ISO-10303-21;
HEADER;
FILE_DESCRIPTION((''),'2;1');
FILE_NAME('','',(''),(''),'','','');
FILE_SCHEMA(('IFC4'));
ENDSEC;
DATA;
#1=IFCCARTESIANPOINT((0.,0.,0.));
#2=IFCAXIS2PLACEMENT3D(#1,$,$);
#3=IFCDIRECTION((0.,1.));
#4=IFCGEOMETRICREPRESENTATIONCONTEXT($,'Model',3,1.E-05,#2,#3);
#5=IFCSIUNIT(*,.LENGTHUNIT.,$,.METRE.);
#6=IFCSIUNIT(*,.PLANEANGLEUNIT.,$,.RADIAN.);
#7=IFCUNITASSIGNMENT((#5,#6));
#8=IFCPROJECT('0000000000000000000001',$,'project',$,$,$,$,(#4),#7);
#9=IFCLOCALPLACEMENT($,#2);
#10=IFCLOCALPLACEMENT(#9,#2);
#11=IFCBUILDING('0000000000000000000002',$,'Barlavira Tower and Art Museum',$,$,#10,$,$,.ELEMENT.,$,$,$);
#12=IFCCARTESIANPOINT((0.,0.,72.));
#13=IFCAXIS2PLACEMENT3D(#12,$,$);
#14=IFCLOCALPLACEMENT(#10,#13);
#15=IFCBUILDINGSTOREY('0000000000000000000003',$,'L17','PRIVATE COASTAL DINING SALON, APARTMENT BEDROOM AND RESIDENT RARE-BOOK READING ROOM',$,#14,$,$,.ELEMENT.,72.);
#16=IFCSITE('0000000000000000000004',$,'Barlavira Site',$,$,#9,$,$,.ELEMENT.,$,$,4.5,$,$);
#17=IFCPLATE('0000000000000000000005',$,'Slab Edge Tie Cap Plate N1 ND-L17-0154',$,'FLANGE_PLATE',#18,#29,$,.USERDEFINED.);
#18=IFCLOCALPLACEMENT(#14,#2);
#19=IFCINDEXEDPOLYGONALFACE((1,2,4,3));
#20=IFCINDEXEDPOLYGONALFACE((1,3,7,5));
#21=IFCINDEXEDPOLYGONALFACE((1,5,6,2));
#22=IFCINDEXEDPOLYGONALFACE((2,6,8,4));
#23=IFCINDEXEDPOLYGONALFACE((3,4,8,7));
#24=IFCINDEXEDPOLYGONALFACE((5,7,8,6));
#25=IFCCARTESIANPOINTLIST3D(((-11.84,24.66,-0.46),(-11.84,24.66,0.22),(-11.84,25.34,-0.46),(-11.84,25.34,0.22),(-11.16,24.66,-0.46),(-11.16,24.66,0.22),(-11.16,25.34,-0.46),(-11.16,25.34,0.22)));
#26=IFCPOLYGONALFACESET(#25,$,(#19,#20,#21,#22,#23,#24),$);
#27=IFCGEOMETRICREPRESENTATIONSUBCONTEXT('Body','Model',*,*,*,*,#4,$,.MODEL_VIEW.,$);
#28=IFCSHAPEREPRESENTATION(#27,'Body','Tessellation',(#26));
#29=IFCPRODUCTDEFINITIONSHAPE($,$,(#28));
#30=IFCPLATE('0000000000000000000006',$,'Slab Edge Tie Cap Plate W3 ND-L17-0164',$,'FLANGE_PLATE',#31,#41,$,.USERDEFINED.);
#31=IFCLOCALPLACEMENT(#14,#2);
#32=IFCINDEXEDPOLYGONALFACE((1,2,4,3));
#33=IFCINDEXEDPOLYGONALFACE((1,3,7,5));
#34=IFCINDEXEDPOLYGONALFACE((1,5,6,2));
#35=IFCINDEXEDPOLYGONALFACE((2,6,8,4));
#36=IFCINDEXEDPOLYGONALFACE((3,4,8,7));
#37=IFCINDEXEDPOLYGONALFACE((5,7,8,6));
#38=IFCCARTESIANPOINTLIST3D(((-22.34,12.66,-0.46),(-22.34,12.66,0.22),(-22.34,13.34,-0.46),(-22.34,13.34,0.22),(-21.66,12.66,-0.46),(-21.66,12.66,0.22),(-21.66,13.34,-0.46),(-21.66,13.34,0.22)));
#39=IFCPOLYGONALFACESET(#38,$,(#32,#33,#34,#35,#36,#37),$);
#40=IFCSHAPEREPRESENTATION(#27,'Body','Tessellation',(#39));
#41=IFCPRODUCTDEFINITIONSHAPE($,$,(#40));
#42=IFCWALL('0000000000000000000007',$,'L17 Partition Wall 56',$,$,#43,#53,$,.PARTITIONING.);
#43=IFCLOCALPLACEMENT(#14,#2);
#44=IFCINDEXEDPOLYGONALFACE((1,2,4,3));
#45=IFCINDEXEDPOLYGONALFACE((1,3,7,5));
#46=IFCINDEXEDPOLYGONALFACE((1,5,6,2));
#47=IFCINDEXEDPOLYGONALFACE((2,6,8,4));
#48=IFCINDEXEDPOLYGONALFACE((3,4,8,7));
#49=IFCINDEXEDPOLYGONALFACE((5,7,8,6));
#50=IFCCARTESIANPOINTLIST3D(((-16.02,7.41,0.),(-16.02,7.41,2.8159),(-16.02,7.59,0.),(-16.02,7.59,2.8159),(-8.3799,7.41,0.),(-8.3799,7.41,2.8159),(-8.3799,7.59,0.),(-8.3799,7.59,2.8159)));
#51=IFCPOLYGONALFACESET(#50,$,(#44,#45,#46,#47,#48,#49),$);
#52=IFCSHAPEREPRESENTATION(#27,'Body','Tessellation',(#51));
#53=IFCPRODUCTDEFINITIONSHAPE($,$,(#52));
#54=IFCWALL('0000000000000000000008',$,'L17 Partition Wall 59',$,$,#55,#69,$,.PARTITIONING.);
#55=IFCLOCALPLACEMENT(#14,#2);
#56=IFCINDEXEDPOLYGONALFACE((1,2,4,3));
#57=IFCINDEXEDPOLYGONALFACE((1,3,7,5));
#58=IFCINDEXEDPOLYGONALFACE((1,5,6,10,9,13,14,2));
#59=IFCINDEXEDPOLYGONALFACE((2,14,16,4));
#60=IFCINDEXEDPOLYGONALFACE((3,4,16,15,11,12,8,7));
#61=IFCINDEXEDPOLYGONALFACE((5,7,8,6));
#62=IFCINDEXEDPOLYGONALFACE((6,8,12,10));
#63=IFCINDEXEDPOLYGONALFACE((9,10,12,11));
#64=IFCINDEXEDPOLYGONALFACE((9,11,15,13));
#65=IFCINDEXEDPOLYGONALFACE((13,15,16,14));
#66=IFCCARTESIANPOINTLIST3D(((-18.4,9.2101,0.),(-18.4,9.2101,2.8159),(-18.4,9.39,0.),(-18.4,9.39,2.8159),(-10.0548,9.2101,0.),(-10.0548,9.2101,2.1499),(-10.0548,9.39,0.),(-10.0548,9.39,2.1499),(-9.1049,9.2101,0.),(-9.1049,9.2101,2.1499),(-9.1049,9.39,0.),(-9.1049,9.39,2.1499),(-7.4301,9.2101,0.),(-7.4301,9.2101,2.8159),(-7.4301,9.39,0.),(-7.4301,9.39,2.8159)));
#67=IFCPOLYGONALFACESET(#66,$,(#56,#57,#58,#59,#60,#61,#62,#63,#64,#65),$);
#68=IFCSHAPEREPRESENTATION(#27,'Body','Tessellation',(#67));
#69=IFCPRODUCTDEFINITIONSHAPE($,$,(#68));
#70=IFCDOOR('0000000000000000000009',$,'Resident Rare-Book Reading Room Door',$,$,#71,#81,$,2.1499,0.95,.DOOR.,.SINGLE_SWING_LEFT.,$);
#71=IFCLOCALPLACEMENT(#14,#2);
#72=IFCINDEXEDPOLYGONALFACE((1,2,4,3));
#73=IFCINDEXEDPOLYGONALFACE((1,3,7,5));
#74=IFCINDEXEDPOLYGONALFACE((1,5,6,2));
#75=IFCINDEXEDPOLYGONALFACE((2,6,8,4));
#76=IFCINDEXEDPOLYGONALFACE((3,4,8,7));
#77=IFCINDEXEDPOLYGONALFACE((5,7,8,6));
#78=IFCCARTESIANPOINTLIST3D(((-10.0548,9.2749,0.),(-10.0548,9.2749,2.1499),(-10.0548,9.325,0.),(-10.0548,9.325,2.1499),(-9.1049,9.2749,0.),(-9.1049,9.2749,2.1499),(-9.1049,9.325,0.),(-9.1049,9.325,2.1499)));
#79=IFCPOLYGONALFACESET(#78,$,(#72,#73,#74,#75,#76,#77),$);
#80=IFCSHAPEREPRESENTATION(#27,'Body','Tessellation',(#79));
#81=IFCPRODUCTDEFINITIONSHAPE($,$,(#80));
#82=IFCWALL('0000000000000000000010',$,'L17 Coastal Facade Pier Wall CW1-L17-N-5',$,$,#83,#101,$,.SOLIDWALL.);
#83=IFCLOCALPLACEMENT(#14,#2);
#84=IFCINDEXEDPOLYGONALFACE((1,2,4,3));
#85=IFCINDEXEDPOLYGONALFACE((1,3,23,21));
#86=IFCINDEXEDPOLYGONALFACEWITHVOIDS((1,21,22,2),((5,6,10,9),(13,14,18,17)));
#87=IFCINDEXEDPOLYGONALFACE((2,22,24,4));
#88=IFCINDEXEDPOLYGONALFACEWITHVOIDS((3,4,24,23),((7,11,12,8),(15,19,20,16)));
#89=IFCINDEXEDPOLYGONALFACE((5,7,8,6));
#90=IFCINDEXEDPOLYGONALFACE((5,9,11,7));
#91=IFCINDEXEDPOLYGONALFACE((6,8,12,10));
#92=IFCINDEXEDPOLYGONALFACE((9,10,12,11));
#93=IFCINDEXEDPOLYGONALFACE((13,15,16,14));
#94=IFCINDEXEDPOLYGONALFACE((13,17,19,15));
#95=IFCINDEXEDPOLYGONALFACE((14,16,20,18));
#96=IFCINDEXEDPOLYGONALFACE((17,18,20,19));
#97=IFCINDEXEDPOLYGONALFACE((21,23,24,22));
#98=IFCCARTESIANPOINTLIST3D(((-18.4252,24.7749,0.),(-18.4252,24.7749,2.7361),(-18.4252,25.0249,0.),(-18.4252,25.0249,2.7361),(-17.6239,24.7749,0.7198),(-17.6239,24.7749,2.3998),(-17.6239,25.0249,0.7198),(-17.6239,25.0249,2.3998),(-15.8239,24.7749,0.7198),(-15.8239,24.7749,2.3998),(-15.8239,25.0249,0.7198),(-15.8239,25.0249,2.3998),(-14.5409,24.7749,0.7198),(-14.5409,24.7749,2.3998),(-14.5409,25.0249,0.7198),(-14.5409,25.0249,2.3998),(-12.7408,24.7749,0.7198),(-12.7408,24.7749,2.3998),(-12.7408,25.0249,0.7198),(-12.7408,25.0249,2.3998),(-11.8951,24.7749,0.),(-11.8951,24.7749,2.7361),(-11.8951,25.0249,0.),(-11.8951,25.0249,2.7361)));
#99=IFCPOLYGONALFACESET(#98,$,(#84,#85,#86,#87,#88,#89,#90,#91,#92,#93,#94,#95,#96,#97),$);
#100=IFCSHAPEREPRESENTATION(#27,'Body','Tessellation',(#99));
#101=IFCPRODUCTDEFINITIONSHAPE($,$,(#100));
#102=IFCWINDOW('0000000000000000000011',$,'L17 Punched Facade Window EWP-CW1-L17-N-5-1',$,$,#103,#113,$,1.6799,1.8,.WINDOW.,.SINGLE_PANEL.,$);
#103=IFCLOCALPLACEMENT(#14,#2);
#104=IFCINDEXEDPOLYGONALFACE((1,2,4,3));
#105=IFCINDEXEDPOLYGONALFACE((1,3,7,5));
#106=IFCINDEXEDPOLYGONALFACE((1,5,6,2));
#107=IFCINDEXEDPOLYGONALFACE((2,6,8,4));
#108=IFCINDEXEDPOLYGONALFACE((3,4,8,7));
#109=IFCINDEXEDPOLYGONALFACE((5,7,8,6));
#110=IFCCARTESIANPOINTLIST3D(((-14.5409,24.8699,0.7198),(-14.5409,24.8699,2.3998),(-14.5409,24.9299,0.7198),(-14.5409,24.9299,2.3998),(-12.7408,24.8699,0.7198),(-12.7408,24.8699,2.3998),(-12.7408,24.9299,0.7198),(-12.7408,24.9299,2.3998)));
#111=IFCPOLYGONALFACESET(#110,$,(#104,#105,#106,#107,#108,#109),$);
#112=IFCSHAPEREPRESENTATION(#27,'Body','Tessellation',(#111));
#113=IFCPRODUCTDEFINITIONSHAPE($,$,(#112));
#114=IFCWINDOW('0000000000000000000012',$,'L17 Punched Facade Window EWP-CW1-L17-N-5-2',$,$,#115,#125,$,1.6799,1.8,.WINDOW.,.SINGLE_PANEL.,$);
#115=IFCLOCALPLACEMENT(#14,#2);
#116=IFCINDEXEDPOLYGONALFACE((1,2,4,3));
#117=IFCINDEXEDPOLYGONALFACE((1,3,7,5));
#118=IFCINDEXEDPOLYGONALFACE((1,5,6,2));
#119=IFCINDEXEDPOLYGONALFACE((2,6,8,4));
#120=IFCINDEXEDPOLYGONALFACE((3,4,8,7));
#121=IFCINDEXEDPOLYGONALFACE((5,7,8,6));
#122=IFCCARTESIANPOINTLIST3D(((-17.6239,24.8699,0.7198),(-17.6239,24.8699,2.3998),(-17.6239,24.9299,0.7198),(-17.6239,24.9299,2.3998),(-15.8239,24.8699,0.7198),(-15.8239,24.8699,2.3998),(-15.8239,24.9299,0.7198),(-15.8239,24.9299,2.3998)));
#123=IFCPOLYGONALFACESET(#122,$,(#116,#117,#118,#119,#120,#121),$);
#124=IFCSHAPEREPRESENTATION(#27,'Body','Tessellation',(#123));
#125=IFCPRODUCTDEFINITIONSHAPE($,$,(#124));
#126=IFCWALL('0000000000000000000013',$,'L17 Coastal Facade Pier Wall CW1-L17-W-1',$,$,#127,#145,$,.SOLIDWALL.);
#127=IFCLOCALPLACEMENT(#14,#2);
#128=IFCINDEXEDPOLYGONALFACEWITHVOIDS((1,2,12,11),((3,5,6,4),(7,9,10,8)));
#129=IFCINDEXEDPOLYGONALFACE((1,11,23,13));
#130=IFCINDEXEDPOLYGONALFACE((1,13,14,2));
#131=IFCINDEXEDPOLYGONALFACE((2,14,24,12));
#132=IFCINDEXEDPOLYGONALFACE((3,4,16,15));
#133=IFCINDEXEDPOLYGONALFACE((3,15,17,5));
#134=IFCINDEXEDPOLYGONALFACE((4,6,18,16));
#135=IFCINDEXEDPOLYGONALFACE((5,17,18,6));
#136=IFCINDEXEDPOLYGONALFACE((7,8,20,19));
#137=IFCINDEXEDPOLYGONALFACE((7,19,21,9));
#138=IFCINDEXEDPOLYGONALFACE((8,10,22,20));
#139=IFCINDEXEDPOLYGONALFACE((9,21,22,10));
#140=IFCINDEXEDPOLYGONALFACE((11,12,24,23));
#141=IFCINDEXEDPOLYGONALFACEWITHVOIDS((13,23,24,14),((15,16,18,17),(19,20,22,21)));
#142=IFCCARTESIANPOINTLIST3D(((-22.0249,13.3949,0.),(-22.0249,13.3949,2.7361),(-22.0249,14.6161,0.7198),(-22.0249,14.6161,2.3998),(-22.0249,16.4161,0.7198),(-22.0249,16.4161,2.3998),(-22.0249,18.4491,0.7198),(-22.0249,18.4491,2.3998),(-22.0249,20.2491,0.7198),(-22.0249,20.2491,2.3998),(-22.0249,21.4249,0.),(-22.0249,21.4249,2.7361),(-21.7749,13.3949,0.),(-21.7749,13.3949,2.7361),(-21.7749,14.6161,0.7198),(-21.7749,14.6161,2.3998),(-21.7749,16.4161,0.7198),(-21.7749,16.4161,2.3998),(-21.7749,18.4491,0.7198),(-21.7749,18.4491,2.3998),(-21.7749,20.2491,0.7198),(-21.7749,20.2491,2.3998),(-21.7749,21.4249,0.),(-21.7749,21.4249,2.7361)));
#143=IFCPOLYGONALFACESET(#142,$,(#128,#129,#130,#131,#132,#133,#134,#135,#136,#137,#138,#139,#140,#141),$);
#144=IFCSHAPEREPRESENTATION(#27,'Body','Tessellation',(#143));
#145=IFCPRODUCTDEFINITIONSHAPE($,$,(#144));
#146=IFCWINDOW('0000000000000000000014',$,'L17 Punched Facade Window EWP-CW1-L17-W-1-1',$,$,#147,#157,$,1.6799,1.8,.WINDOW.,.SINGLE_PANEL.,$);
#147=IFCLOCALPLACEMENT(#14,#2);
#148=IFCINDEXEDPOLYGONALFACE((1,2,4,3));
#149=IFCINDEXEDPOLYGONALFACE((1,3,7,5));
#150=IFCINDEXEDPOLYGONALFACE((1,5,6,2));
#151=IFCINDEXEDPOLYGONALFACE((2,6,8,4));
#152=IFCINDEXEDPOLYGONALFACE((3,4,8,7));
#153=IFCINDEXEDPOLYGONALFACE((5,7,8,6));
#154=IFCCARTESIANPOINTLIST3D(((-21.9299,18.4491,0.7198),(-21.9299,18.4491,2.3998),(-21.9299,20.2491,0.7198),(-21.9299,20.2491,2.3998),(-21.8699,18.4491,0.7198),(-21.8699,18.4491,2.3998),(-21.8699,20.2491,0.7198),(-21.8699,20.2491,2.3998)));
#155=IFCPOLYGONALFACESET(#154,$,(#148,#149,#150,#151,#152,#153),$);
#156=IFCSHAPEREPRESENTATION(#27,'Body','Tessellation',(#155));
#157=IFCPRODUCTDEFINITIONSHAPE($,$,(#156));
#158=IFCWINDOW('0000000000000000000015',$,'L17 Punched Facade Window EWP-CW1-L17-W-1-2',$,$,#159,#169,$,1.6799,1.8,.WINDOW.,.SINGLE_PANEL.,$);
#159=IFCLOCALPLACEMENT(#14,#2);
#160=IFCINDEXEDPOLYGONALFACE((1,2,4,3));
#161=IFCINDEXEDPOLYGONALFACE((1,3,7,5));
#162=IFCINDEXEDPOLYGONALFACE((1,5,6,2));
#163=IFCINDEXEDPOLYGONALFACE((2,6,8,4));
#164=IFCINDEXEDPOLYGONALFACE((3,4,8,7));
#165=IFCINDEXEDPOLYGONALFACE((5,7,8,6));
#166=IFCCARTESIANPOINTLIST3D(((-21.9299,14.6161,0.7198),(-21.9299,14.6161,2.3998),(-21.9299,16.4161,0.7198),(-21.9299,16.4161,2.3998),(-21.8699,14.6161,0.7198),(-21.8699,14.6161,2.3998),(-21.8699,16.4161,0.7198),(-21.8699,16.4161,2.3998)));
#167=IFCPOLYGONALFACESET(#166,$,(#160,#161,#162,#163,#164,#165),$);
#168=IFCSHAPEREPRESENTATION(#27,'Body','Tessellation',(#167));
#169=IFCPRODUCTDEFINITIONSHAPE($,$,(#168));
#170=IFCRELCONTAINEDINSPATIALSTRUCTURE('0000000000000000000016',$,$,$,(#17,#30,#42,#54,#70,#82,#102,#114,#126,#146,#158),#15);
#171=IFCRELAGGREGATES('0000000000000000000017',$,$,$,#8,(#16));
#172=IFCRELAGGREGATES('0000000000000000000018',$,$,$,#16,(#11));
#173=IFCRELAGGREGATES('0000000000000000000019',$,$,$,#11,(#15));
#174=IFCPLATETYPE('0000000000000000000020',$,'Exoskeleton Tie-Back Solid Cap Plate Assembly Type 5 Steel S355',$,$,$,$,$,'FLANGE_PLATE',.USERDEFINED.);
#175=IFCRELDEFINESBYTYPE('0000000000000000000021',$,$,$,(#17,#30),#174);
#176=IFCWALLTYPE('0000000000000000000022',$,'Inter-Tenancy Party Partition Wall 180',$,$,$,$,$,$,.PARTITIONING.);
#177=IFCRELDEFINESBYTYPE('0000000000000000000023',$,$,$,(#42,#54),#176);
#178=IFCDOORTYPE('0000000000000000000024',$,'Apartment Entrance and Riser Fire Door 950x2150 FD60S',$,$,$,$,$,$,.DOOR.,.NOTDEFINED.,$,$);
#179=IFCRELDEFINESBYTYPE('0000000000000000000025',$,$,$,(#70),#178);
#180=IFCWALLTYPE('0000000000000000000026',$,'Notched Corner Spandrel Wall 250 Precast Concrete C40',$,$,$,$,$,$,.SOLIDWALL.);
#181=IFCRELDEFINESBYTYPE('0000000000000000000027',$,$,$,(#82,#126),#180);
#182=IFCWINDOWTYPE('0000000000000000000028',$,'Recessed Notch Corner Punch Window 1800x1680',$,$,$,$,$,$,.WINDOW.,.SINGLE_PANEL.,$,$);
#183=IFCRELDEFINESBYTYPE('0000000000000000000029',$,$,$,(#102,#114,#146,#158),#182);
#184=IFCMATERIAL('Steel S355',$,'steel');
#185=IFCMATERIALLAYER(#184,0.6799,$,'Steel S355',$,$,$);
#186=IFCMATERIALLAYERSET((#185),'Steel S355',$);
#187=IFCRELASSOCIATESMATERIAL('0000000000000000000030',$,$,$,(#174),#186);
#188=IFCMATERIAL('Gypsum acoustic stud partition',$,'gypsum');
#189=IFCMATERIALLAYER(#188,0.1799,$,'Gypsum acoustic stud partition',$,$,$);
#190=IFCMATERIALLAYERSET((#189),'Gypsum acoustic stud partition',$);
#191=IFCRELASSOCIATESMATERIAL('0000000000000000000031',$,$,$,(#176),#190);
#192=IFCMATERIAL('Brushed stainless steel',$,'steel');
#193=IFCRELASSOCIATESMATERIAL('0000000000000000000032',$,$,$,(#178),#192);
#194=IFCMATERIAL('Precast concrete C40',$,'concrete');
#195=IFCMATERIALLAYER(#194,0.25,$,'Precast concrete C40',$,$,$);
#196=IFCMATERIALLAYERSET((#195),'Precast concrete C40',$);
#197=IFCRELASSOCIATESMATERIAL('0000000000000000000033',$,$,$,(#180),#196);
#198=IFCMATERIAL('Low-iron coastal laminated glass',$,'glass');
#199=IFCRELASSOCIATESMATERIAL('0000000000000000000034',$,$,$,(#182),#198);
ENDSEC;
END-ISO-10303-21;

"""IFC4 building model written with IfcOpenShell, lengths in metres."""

from ifc_helpers import new_model, si_unit, direction, frame, frame_2d, origin, origin_2d, place, context, subcontext, project, spatial, rectangle, extrude, material, layer, layer_set, type_object, element, fill, save


model = new_model("IFC4")

# Units and contexts
model_context = context("Model", 3, precision=1e-05, world=origin(), true_north=direction((0.0, 1.0)))
body_context = subcontext(model_context, "Body", "Model", "MODEL_VIEW")
ifc_project = project(units=[si_unit("LENGTHUNIT", "METRE"), si_unit("PLANEANGLEUNIT", "RADIAN")], contexts=[model_context])

# Site, building, storey
site_placement = place(None, origin())
site = spatial("IfcSite", under=ifc_project, at=site_placement, Name="Barlavira Site", CompositionType="ELEMENT", RefElevation=4.5)
building_placement = place(site_placement, origin())
building = spatial("IfcBuilding", under=site, at=building_placement, Name="Barlavira Tower and Art Museum", CompositionType="ELEMENT")
storey_placement = place(building_placement, frame((0.0, 0.0, 72.0)))
storey = spatial("IfcBuildingStorey", under=building, at=storey_placement, Name="L17", Description="PRIVATE COASTAL DINING SALON, APARTMENT BEDROOM AND RESIDENT RARE-BOOK READING ROOM", CompositionType="ELEMENT", Elevation=72.0)

# Shared definitions
ifc_material_1 = material(Name="Steel S355", Category="steel")

# Plates
ifc_layer_1 = layer(ifc_material_1, 0.6799, Name="Steel S355")
ifc_layer_set_1 = layer_set([ifc_layer_1], Name="Steel S355")
plate_type = type_object("IfcPlateType", Name="Exoskeleton Tie-Back Solid Cap Plate Assembly Type 5 Steel S355", ElementType="FLANGE_PLATE", PredefinedType="USERDEFINED", material=ifc_layer_set_1)
for number, where, z_axis, x_axis, name in (
    (1, (-11.5, 25.0, -0.46), (0.0, 0.0, 1.0), (1.0, 0.0, 0.0), "Slab Edge Tie Cap Plate N1 ND-L17-0154"),
    (2, (-22.0, 13.0, -0.46), (0.0, 0.0, 1.0), (1.0, 0.0, 0.0), "Slab Edge Tie Cap Plate W3 ND-L17-0164"),
):
    element("IfcPlate", number, at=place(storey_placement, frame(where, z_axis=z_axis, x_axis=x_axis)), inside=storey, type_object=plate_type, Name=name, ObjectType="FLANGE_PLATE", PredefinedType="USERDEFINED", context=body_context, shape_type="SweptSolid", body=[
        extrude(rectangle(XDim=0.6799, YDim=0.6799, at=origin_2d()), origin(), (0.0, 0.0, 1.0), 0.6799),
    ])

# Wall
ifc_material_2 = material(Name="Gypsum acoustic stud partition", Category="gypsum")
ifc_layer_2 = layer(ifc_material_2, 0.1799, Name="Gypsum acoustic stud partition")
ifc_layer_set_2 = layer_set([ifc_layer_2], Name="Gypsum acoustic stud partition")
wall_type_1 = type_object("IfcWallType", Name="Inter-Tenancy Party Partition Wall 180", PredefinedType="PARTITIONING", material=ifc_layer_set_2)
wall_1_placement = place(storey_placement, frame((-16.02, 7.5, 0.0), z_axis=(0.0, 0.0, 1.0), x_axis=(1.0, 0.0, 0.0)))
element("IfcWall", 3, at=wall_1_placement, inside=storey, type_object=wall_type_1, Name="L17 Partition Wall 56", PredefinedType="PARTITIONING", context=body_context, shape_type="SweptSolid", body=[
    extrude(rectangle(XDim=7.6401, YDim=0.1799, at=frame_2d((3.8201, 0.0))), origin(), (0.0, 0.0, 1.0), 2.8159),
])

# Wall, opening, door
wall_2_placement = place(storey_placement, frame((-18.3999, 9.3, 0.0), z_axis=(0.0, 0.0, 1.0), x_axis=(1.0, 0.0, 0.0)))
wall_2 = element("IfcWall", 4, at=wall_2_placement, inside=storey, type_object=wall_type_1, Name="L17 Partition Wall 59", PredefinedType="PARTITIONING", context=body_context, shape_type="SweptSolid", body=[
    extrude(rectangle(XDim=10.97, YDim=0.1799, at=frame_2d((5.4849, 0.0))), origin(), (0.0, 0.0, 1.0), 2.8159),
])
opening_1_placement = place(wall_2_placement, frame((8.345, 0.0, 0.0)))
opening_1 = element("IfcOpeningElement", 5, at=opening_1_placement, cuts=wall_2, PredefinedType="OPENING", context=body_context, shape_type="SweptSolid", body=[
    extrude(rectangle(XDim=0.95, YDim=2.1499, at=frame_2d((0.4751, 1.075))), frame((0.0, 0.1001, 0.0), z_axis=(0.0, -1.0, 0.0), x_axis=(1.0, 0.0, 0.0)), (0.0, 0.0, 1.0), 0.2),
])
ifc_material_3 = material(Name="Brushed stainless steel", Category="steel")
door_type = type_object("IfcDoorType", Name="Apartment Entrance and Riser Fire Door 950x2150 FD60S", OperationType="NOTDEFINED", PredefinedType="DOOR", material=ifc_material_3)
door_placement = place(opening_1_placement, origin())
door = element("IfcDoor", 6, at=door_placement, inside=storey, type_object=door_type, Name="Resident Rare-Book Reading Room Door", OperationType="SINGLE_SWING_LEFT", OverallHeight=2.1499, OverallWidth=0.95, PredefinedType="DOOR", context=body_context, shape_type="SweptSolid", body=[
    extrude(rectangle(XDim=0.95, YDim=2.1499, at=frame_2d((0.4751, 1.075))), frame((0.0, 0.0249, 0.0), z_axis=(0.0, -1.0, 0.0), x_axis=(1.0, 0.0, 0.0)), (0.0, 0.0, 1.0), 0.05),
])
fill(opening_1, door)

# Walls, openings, windows
ifc_material_4 = material(Name="Precast concrete C40", Category="concrete")
ifc_layer_3 = layer(ifc_material_4, 0.25, Name="Precast concrete C40")
ifc_layer_set_3 = layer_set([ifc_layer_3], Name="Precast concrete C40")
wall_type_2 = type_object("IfcWallType", Name="Notched Corner Spandrel Wall 250 Precast Concrete C40", PredefinedType="SOLIDWALL", material=ifc_layer_set_3)
wall_3_placement = place(storey_placement, frame((-11.895, 24.8999, 0.0), z_axis=(0.0, 0.0, 1.0), x_axis=(-1.0, 0.0, 0.0)))
wall_3 = element("IfcWall", 7, at=wall_3_placement, inside=storey, type_object=wall_type_2, Name="L17 Coastal Facade Pier Wall CW1-L17-N-5", PredefinedType="SOLIDWALL", context=body_context, shape_type="SweptSolid", body=[
    extrude(rectangle(XDim=6.53, YDim=0.25, at=frame_2d((3.2651, 0.0))), origin(), (0.0, 0.0, 1.0), 2.7361),
])
opening_2_placement = place(wall_3_placement, frame((0.8459, 0.0, 0.72)))
opening_2 = element("IfcOpeningElement", 8, at=opening_2_placement, cuts=wall_3, PredefinedType="OPENING", context=body_context, shape_type="SweptSolid", body=[
    extrude(rectangle(XDim=1.8, YDim=1.6799, at=frame_2d((0.8999, 0.8398))), frame((0.0, 0.135, 0.0), z_axis=(0.0, -1.0, 0.0), x_axis=(1.0, 0.0, 0.0)), (0.0, 0.0, 1.0), 0.27),
])
opening_3_placement = place(wall_3_placement, frame((3.929, 0.0, 0.72)))
opening_3 = element("IfcOpeningElement", 9, at=opening_3_placement, cuts=wall_3, PredefinedType="OPENING", context=body_context, shape_type="SweptSolid", body=[
    extrude(rectangle(XDim=1.8, YDim=1.6799, at=frame_2d((0.8999, 0.8398))), frame((0.0, 0.135, 0.0), z_axis=(0.0, -1.0, 0.0), x_axis=(1.0, 0.0, 0.0)), (0.0, 0.0, 1.0), 0.27),
])
ifc_material_5 = material(Name="Low-iron coastal laminated glass", Category="glass")
window_type = type_object("IfcWindowType", Name="Recessed Notch Corner Punch Window 1800x1680", PartitioningType="SINGLE_PANEL", PredefinedType="WINDOW", material=ifc_material_5)
window_1_placement = place(opening_2_placement, origin())
window_1 = element("IfcWindow", 10, at=window_1_placement, inside=storey, type_object=window_type, Name="L17 Punched Facade Window EWP-CW1-L17-N-5-1", OverallHeight=1.6799, OverallWidth=1.8, PartitioningType="SINGLE_PANEL", PredefinedType="WINDOW", context=body_context, shape_type="SweptSolid", body=[
    extrude(rectangle(XDim=1.8, YDim=1.6799, at=frame_2d((0.8999, 0.8398))), frame((0.0, 0.03, 0.0), z_axis=(0.0, -1.0, 0.0), x_axis=(1.0, 0.0, 0.0)), (0.0, 0.0, 1.0), 0.0601),
])
fill(opening_2, window_1)
window_2_placement = place(opening_3_placement, origin())
window_2 = element("IfcWindow", 11, at=window_2_placement, inside=storey, type_object=window_type, Name="L17 Punched Facade Window EWP-CW1-L17-N-5-2", OverallHeight=1.6799, OverallWidth=1.8, PartitioningType="SINGLE_PANEL", PredefinedType="WINDOW", context=body_context, shape_type="SweptSolid", body=[
    extrude(rectangle(XDim=1.8, YDim=1.6799, at=frame_2d((0.8999, 0.8398))), frame((0.0, 0.03, 0.0), z_axis=(0.0, -1.0, 0.0), x_axis=(1.0, 0.0, 0.0)), (0.0, 0.0, 1.0), 0.0601),
])
fill(opening_3, window_2)
wall_4_placement = place(storey_placement, frame((-21.8999, 21.425, 0.0), z_axis=(0.0, 0.0, 1.0), x_axis=(0.0, -1.0, 0.0)))
wall_4 = element("IfcWall", 12, at=wall_4_placement, inside=storey, type_object=wall_type_2, Name="L17 Coastal Facade Pier Wall CW1-L17-W-1", PredefinedType="SOLIDWALL", context=body_context, shape_type="SweptSolid", body=[
    extrude(rectangle(XDim=8.03, YDim=0.25, at=frame_2d((4.0151, 0.0))), origin(), (0.0, 0.0, 1.0), 2.7361),
])
opening_4_placement = place(wall_4_placement, frame((1.176, 0.0, 0.72)))
opening_4 = element("IfcOpeningElement", 13, at=opening_4_placement, cuts=wall_4, PredefinedType="OPENING", context=body_context, shape_type="SweptSolid", body=[
    extrude(rectangle(XDim=1.8, YDim=1.6799, at=frame_2d((0.8999, 0.8398))), frame((0.0, 0.135, 0.0), z_axis=(0.0, -1.0, 0.0), x_axis=(1.0, 0.0, 0.0)), (0.0, 0.0, 1.0), 0.27),
])
opening_5_placement = place(wall_4_placement, frame((5.009, 0.0, 0.72)))
opening_5 = element("IfcOpeningElement", 14, at=opening_5_placement, cuts=wall_4, PredefinedType="OPENING", context=body_context, shape_type="SweptSolid", body=[
    extrude(rectangle(XDim=1.8, YDim=1.6799, at=frame_2d((0.8999, 0.8398))), frame((0.0, 0.135, 0.0), z_axis=(0.0, -1.0, 0.0), x_axis=(1.0, 0.0, 0.0)), (0.0, 0.0, 1.0), 0.27),
])
window_3_placement = place(opening_4_placement, origin())
window_3 = element("IfcWindow", 15, at=window_3_placement, inside=storey, type_object=window_type, Name="L17 Punched Facade Window EWP-CW1-L17-W-1-1", OverallHeight=1.6799, OverallWidth=1.8, PartitioningType="SINGLE_PANEL", PredefinedType="WINDOW", context=body_context, shape_type="SweptSolid", body=[
    extrude(rectangle(XDim=1.8, YDim=1.6799, at=frame_2d((0.8999, 0.8398))), frame((0.0, 0.03, 0.0), z_axis=(0.0, -1.0, 0.0), x_axis=(1.0, 0.0, 0.0)), (0.0, 0.0, 1.0), 0.0601),
])
fill(opening_4, window_3)
window_4_placement = place(opening_5_placement, origin())
window_4 = element("IfcWindow", 16, at=window_4_placement, inside=storey, type_object=window_type, Name="L17 Punched Facade Window EWP-CW1-L17-W-1-2", OverallHeight=1.6799, OverallWidth=1.8, PartitioningType="SINGLE_PANEL", PredefinedType="WINDOW", context=body_context, shape_type="SweptSolid", body=[
    extrude(rectangle(XDim=1.8, YDim=1.6799, at=frame_2d((0.8999, 0.8398))), frame((0.0, 0.03, 0.0), z_axis=(0.0, -1.0, 0.0), x_axis=(1.0, 0.0, 0.0)), (0.0, 0.0, 1.0), 0.0601),
])
fill(opening_5, window_4)

save(model, "model.ifc")
